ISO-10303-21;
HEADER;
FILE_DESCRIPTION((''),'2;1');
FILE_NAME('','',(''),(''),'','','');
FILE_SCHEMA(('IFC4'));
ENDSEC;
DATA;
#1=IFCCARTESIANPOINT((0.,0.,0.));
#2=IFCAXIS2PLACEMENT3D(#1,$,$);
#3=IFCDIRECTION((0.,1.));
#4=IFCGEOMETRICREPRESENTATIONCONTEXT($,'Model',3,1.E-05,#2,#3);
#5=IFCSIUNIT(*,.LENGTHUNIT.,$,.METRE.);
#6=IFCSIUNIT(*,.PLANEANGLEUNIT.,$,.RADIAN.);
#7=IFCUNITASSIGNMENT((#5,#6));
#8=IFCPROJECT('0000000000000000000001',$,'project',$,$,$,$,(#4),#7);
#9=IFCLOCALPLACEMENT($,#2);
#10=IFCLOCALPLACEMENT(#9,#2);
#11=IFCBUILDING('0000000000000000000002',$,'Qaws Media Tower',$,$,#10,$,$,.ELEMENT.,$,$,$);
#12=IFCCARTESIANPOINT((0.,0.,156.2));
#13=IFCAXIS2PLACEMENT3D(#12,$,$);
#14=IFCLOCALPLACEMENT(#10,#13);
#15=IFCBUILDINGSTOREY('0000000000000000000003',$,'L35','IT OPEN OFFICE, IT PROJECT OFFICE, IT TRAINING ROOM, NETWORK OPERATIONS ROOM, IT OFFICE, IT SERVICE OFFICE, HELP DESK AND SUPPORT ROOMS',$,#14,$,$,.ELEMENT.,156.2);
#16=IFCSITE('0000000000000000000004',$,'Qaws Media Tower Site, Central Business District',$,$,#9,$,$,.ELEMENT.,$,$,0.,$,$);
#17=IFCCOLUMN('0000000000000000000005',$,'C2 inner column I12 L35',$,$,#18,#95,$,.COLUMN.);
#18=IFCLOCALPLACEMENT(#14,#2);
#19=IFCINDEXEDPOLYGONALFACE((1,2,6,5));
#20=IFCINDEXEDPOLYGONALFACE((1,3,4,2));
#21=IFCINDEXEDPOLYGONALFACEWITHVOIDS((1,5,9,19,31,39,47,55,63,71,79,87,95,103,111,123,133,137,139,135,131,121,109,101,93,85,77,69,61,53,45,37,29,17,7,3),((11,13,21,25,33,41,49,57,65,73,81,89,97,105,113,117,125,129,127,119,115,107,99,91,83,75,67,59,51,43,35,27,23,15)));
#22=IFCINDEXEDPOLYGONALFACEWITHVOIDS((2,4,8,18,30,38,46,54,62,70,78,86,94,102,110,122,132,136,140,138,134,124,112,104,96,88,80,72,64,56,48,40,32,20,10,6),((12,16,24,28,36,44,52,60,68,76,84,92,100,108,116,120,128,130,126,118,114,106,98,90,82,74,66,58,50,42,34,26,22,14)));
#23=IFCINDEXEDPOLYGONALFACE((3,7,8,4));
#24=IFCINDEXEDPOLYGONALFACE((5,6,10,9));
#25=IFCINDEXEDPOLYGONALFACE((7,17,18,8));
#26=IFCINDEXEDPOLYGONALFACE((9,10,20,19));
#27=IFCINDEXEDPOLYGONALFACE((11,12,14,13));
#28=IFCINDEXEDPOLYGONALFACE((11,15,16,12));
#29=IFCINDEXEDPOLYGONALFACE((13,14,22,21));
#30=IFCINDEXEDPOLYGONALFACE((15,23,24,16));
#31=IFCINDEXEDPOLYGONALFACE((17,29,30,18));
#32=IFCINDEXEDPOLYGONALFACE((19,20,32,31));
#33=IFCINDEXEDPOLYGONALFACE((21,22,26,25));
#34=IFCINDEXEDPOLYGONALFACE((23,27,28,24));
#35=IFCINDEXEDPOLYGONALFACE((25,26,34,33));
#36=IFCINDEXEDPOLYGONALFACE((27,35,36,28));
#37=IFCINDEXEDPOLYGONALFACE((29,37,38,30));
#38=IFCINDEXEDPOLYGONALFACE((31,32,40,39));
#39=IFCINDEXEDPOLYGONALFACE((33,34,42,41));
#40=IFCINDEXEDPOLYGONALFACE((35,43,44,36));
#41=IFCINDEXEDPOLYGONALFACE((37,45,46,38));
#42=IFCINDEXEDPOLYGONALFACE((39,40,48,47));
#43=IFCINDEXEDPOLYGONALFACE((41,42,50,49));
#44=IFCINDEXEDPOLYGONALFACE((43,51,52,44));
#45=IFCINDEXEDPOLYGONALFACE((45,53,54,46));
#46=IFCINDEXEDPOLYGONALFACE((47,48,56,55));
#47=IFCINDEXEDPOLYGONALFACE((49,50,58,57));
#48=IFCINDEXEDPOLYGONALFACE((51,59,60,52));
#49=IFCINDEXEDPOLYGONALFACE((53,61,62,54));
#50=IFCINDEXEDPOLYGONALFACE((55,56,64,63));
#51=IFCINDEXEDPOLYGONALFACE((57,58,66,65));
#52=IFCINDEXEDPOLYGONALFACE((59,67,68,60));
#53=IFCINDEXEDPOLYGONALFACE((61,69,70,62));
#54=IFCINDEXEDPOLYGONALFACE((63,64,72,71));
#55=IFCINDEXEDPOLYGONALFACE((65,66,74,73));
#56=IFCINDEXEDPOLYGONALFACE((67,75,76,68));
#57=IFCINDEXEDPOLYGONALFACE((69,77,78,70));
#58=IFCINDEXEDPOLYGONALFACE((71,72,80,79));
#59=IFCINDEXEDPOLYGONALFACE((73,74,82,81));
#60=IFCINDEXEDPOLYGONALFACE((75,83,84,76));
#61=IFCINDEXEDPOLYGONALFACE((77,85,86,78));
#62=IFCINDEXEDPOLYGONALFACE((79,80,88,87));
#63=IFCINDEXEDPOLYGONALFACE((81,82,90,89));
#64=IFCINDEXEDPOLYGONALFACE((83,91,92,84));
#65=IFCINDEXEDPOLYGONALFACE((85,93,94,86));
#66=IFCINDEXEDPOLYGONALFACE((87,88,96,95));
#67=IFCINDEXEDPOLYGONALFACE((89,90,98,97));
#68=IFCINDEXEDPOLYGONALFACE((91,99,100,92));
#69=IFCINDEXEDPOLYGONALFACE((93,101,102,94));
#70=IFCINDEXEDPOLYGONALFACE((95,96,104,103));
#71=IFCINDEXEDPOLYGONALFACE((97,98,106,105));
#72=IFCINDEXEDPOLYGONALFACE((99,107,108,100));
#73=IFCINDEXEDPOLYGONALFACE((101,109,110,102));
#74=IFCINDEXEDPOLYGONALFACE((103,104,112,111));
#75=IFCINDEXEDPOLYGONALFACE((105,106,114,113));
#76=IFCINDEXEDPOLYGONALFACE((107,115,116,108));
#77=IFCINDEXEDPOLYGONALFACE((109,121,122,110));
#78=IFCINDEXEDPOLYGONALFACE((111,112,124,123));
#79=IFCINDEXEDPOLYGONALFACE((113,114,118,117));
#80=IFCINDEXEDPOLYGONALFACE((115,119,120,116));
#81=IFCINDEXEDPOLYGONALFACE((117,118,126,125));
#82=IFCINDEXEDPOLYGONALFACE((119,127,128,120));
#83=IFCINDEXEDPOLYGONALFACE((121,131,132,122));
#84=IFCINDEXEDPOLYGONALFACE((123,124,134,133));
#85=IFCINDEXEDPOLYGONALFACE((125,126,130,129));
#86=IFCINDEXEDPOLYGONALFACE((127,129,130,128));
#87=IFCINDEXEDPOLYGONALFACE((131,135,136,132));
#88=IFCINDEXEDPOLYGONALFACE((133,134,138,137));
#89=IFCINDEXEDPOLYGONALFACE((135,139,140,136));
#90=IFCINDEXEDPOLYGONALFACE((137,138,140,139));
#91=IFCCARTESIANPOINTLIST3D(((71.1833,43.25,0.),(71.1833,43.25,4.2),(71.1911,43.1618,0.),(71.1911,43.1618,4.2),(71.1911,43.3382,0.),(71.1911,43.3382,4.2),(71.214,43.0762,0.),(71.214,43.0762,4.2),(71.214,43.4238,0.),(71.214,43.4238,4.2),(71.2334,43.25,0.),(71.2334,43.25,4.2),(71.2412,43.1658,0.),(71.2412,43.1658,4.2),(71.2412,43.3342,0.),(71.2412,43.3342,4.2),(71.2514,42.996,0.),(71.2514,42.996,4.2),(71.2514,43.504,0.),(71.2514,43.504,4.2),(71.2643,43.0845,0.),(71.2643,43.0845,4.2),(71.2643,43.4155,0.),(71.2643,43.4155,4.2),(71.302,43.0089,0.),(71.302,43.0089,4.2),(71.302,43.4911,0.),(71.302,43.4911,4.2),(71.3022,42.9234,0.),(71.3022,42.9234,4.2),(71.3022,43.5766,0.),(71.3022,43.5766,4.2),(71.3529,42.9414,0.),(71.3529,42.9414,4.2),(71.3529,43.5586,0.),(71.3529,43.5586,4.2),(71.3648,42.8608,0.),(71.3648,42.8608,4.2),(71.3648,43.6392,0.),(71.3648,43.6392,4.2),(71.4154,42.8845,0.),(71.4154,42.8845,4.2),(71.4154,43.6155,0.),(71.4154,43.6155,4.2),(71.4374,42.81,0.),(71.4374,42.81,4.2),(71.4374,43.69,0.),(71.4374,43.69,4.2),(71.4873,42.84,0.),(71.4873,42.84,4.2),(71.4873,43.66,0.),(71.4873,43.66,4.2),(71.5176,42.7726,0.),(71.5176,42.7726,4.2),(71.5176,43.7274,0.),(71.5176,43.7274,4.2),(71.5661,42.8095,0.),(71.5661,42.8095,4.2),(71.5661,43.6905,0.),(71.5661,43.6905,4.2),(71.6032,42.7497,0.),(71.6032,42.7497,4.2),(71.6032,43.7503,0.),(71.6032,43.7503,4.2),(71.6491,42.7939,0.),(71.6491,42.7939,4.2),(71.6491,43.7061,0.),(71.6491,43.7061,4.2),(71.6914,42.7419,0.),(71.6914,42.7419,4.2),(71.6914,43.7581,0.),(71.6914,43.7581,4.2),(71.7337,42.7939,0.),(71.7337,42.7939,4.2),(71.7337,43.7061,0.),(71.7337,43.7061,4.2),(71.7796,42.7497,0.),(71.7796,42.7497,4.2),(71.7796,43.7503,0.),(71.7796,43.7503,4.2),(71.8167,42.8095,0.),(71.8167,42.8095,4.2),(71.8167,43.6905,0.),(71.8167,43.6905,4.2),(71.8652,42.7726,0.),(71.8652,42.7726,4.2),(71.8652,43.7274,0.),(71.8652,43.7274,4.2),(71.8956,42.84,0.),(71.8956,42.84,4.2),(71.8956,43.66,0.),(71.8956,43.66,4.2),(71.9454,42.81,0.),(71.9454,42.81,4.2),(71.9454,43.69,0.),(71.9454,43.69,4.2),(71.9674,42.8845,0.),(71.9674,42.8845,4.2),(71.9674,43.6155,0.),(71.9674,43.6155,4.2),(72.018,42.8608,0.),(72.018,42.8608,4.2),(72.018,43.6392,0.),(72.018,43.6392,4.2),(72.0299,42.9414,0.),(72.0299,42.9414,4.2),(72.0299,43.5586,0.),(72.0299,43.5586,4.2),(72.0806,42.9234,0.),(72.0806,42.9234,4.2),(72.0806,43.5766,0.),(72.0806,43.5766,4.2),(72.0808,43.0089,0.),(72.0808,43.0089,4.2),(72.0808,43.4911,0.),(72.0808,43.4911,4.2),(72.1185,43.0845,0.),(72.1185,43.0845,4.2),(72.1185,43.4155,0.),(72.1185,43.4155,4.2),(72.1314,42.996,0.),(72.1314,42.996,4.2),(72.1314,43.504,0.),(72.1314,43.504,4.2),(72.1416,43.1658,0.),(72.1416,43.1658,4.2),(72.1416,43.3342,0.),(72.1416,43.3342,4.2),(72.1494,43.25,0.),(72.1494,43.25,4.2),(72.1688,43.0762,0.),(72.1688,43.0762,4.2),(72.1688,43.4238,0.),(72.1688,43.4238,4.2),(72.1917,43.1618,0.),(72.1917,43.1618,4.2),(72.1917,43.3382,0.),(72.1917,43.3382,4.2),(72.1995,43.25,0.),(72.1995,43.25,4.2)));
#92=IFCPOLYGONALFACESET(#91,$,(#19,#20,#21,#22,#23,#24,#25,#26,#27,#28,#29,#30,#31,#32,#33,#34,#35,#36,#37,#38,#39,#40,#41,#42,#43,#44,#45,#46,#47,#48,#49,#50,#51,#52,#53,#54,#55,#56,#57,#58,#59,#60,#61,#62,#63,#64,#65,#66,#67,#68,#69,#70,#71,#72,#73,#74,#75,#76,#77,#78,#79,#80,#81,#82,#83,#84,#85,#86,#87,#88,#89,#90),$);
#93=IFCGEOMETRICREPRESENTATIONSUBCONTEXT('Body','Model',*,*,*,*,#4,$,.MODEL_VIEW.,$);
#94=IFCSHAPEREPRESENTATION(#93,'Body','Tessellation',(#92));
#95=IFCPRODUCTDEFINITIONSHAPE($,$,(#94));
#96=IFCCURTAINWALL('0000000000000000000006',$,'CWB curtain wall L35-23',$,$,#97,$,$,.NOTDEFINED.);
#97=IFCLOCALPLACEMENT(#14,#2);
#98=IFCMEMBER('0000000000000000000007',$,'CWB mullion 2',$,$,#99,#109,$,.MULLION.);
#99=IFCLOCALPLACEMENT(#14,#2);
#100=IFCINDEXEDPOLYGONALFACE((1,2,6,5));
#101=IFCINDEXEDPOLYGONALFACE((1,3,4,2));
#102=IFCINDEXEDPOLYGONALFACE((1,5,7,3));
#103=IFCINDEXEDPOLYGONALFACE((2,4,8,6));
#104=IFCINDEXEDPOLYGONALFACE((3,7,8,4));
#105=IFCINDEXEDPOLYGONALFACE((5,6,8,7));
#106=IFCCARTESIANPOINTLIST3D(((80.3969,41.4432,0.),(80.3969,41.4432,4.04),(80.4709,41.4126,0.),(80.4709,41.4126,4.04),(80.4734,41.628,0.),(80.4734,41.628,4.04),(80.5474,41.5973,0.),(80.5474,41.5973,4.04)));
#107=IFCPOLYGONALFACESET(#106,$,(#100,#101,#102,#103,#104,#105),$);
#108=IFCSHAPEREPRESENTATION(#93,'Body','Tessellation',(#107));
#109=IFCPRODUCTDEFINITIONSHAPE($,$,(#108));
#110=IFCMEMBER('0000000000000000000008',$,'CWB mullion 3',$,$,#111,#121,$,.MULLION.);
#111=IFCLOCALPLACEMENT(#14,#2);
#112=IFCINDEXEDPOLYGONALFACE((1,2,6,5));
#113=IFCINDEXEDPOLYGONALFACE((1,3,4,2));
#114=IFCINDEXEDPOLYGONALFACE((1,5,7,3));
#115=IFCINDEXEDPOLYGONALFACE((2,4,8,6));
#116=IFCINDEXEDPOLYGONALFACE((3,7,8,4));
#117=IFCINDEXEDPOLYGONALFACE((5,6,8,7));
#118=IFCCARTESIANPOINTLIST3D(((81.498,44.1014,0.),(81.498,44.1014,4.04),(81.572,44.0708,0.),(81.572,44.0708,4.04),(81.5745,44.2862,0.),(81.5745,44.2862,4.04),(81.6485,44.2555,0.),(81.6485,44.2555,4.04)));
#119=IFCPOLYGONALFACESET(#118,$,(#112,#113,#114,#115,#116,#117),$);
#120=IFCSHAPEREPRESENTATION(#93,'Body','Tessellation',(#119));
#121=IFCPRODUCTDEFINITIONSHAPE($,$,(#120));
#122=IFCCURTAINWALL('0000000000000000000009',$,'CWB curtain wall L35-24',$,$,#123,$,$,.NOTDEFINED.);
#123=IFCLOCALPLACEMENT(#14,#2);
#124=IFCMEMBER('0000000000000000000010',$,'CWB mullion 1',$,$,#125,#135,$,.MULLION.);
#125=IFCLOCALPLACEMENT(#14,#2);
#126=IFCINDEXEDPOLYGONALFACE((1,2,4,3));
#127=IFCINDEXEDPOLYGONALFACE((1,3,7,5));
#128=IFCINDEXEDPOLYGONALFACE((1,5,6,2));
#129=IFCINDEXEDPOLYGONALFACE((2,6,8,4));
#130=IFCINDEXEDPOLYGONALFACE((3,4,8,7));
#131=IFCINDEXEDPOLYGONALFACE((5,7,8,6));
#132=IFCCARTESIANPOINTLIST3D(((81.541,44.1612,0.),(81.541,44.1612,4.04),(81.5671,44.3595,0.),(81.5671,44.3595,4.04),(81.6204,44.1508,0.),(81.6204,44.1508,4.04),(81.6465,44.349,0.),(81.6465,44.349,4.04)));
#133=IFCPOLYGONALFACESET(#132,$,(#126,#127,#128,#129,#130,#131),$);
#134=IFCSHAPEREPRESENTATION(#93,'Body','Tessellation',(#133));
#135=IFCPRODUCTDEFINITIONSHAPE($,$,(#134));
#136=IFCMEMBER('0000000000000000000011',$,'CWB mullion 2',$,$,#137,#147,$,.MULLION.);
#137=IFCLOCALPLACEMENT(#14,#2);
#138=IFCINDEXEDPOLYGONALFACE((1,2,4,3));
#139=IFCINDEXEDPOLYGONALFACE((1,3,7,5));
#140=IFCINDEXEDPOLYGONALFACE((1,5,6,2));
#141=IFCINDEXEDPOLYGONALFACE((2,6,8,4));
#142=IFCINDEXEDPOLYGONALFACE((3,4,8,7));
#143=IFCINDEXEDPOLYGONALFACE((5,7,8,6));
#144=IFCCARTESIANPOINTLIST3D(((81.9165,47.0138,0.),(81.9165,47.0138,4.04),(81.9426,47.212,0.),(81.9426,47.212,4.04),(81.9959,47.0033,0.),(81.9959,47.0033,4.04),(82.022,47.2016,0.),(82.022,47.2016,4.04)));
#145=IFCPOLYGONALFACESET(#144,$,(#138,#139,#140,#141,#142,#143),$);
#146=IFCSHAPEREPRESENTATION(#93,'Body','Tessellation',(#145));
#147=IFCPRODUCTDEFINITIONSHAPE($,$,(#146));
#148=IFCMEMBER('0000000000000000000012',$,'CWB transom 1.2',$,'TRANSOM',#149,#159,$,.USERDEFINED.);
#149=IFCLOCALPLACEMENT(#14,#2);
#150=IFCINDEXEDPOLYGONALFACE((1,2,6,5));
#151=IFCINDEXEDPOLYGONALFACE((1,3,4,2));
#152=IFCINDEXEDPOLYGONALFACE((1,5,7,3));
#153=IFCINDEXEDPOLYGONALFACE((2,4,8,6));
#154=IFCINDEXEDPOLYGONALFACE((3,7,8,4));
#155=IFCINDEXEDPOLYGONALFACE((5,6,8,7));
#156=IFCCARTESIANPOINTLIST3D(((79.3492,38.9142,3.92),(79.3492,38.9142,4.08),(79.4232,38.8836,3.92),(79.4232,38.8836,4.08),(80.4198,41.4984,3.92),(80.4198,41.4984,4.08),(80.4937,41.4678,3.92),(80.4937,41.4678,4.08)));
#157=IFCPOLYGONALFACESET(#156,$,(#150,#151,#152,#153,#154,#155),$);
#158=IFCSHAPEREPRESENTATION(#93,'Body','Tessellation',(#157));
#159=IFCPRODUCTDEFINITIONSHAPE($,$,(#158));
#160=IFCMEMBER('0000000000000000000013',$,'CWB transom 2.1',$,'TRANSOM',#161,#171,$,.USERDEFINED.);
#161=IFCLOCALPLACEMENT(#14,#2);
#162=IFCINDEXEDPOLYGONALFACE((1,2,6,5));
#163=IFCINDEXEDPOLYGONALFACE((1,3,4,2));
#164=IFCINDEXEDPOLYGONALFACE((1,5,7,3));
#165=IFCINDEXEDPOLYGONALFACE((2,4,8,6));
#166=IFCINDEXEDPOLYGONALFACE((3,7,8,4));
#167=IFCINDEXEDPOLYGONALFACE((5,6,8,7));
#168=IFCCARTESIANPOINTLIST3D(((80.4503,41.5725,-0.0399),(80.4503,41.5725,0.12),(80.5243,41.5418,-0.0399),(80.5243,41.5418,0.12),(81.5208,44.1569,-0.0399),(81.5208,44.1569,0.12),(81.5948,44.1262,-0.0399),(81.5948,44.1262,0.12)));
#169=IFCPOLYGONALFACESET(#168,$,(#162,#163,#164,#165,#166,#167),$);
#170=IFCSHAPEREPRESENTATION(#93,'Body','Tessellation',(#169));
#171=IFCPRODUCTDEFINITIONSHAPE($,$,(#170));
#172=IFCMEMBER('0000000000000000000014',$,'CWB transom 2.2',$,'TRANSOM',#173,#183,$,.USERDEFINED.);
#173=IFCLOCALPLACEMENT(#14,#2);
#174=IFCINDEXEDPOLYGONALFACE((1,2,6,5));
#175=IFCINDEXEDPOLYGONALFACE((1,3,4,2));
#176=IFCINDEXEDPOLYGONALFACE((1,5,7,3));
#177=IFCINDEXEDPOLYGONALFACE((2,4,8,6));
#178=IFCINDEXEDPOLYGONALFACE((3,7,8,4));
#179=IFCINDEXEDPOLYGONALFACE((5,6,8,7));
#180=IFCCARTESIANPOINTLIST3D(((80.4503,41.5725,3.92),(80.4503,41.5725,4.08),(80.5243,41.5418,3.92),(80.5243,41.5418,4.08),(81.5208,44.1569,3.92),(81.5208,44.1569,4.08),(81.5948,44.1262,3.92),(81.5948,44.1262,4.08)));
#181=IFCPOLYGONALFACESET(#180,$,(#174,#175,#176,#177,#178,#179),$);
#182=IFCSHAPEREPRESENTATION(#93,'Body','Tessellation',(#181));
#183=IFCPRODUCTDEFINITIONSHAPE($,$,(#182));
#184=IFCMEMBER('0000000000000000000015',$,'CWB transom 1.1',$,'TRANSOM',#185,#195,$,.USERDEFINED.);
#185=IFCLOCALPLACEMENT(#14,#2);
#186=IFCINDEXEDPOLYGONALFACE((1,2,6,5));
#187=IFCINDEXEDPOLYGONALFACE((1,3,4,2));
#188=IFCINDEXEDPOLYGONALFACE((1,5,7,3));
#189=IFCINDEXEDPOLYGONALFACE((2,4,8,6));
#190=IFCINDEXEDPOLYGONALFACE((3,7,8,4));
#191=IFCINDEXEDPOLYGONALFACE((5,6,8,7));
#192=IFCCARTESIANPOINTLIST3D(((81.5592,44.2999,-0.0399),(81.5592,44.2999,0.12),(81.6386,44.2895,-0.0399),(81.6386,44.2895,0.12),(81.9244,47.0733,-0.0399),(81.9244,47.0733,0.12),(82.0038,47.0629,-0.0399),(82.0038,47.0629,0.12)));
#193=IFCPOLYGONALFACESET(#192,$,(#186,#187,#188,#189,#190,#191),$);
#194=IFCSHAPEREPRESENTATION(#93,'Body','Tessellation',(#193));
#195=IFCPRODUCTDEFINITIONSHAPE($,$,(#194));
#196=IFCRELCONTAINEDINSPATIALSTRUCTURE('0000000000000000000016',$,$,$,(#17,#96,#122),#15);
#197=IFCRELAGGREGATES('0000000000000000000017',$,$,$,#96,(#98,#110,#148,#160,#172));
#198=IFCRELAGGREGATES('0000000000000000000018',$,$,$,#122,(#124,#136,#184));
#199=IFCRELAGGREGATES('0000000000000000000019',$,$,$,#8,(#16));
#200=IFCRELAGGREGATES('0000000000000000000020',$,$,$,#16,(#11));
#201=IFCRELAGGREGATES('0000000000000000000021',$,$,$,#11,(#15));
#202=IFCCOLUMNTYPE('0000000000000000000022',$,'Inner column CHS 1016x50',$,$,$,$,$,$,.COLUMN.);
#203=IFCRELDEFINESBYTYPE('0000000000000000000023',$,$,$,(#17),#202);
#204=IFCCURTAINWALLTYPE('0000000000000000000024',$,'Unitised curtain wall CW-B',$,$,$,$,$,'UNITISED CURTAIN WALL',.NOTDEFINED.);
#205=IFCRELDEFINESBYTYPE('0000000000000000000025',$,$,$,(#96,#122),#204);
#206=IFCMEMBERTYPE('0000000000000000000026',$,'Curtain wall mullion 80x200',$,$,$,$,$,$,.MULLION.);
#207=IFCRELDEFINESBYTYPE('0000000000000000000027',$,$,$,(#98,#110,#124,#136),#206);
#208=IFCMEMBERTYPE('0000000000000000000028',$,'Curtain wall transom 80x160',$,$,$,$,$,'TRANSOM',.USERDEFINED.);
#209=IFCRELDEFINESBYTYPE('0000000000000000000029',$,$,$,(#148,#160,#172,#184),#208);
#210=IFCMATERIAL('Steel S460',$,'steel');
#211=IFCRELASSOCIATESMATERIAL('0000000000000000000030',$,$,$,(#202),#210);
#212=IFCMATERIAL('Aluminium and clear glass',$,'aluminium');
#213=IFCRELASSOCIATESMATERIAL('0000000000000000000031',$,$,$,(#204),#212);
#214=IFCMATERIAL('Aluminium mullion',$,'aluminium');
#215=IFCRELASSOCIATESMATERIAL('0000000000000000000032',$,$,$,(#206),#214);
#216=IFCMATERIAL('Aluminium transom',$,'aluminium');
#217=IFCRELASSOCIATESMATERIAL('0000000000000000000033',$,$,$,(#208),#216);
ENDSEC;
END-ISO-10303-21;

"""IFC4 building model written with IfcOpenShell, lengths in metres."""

from ifc_helpers import new_model, si_unit, direction, frame, origin, origin_2d, place, context, subcontext, project, spatial, rectangle, hollow_circle, extrude, material, material_profile, profile_set, type_object, element, aggregate, save


model = new_model("IFC4")

# Units and contexts
model_context = context("Model", 3, precision=1e-05, world=origin(), true_north=direction((0.0, 1.0)))
body_context = subcontext(model_context, "Body", "Model", "MODEL_VIEW")
ifc_project = project(units=[si_unit("LENGTHUNIT", "METRE"), si_unit("PLANEANGLEUNIT", "RADIAN")], contexts=[model_context])

# Site, building, storey
site_placement = place(None, origin())
site = spatial("IfcSite", under=ifc_project, at=site_placement, Name="Qaws Media Tower Site, Central Business District", CompositionType="ELEMENT", RefElevation=0.0)
building_placement = place(site_placement, origin())
building = spatial("IfcBuilding", under=site, at=building_placement, Name="Qaws Media Tower", CompositionType="ELEMENT")
storey_placement = place(building_placement, frame((0.0, 0.0, 156.2)))
storey = spatial("IfcBuildingStorey", under=building, at=storey_placement, Name="L35", Description="IT OPEN OFFICE, IT PROJECT OFFICE, IT TRAINING ROOM, NETWORK OPERATIONS ROOM, IT OFFICE, IT SERVICE OFFICE, HELP DESK AND SUPPORT ROOMS", CompositionType="ELEMENT", Elevation=156.2)

# Column
ifc_material_1 = material(Name="Steel S460", Category="steel")
ifc_material_profile_1 = material_profile(ifc_material_1, hollow_circle(Radius=0.5081, WallThickness=0.05, at=origin_2d()), Name="CHS 1016x50")
ifc_profile_set_1 = profile_set([ifc_material_profile_1], Name="Steel S460")
column_type = type_object("IfcColumnType", Name="Inner column CHS 1016x50", PredefinedType="COLUMN", material=ifc_profile_set_1)
column_placement = place(storey_placement, frame((71.6914, 43.25, 0.0), z_axis=(0.0, 0.0, 1.0), x_axis=(1.0, 0.0, 0.0)))
element("IfcColumn", 1, at=column_placement, inside=storey, type_object=column_type, Name="C2 inner column I12 L35", PredefinedType="COLUMN", context=body_context, shape_type="SweptSolid", body=[
    extrude(hollow_circle(Radius=0.5081, WallThickness=0.05, at=origin_2d()), origin(), (0.0, 0.0, 1.0), 4.2),
])

# Curtain walls, members
ifc_material_2 = material(Name="Aluminium and clear glass", Category="aluminium")
curtain_wall_type = type_object("IfcCurtainWallType", Name="Unitised curtain wall CW-B", ElementType="UNITISED CURTAIN WALL", PredefinedType="NOTDEFINED", material=ifc_material_2)
curtain_wall_1_placement = place(storey_placement, origin())
curtain_wall_1 = element("IfcCurtainWall", 2, at=curtain_wall_1_placement, inside=storey, type_object=curtain_wall_type, Name="CWB curtain wall L35-23", PredefinedType="NOTDEFINED")
ifc_material_3 = material(Name="Aluminium mullion", Category="aluminium")
ifc_material_profile_2 = material_profile(ifc_material_3, rectangle(XDim=0.0801, YDim=0.2, at=origin_2d()), Name="80x200")
ifc_profile_set_2 = profile_set([ifc_material_profile_2], Name="Aluminium mullion")
member_type_1 = type_object("IfcMemberType", Name="Curtain wall mullion 80x200", PredefinedType="MULLION", material=ifc_profile_set_2)
member_1_placement = place(storey_placement, frame((80.4722, 41.5203, 0.0), z_axis=(0.0, 0.0, 1.0), x_axis=(-0.92388, 0.382683, 0.0)))
member_1 = element("IfcMember", 3, at=member_1_placement, type_object=member_type_1, Name="CWB mullion 2", PredefinedType="MULLION", context=body_context, shape_type="SweptSolid", body=[
    extrude(rectangle(XDim=0.0801, YDim=0.2, at=origin_2d()), origin(), (0.0, 0.0, 1.0), 4.04),
])
member_2_placement = place(storey_placement, frame((81.5732, 44.1785, 0.0), z_axis=(0.0, 0.0, 1.0), x_axis=(-0.92388, 0.382683, 0.0)))
member_2 = element("IfcMember", 4, at=member_2_placement, type_object=member_type_1, Name="CWB mullion 3", PredefinedType="MULLION", context=body_context, shape_type="SweptSolid", body=[
    extrude(rectangle(XDim=0.0801, YDim=0.2, at=origin_2d()), origin(), (0.0, 0.0, 1.0), 4.04),
])
curtain_wall_2_placement = place(storey_placement, origin())
curtain_wall_2 = element("IfcCurtainWall", 5, at=curtain_wall_2_placement, inside=storey, type_object=curtain_wall_type, Name="CWB curtain wall L35-24", PredefinedType="NOTDEFINED")
member_3_placement = place(storey_placement, frame((81.5938, 44.2551, 0.0), z_axis=(0.0, 0.0, 1.0), x_axis=(-0.991445, 0.130526, 0.0)))
member_3 = element("IfcMember", 6, at=member_3_placement, type_object=member_type_1, Name="CWB mullion 1", PredefinedType="MULLION", context=body_context, shape_type="SweptSolid", body=[
    extrude(rectangle(XDim=0.0801, YDim=0.2, at=origin_2d()), origin(), (0.0, 0.0, 1.0), 4.04),
])
member_4_placement = place(storey_placement, frame((81.9692, 47.1077, 0.0), z_axis=(0.0, 0.0, 1.0), x_axis=(-0.991445, 0.130526, 0.0)))
member_4 = element("IfcMember", 7, at=member_4_placement, type_object=member_type_1, Name="CWB mullion 2", PredefinedType="MULLION", context=body_context, shape_type="SweptSolid", body=[
    extrude(rectangle(XDim=0.0801, YDim=0.2, at=origin_2d()), origin(), (0.0, 0.0, 1.0), 4.04),
])

# Members
ifc_material_4 = material(Name="Aluminium transom", Category="aluminium")
ifc_material_profile_3 = material_profile(ifc_material_4, rectangle(XDim=0.0801, YDim=0.1599, at=origin_2d()), Name="80x160")
ifc_profile_set_3 = profile_set([ifc_material_profile_3], Name="Aluminium transom")
member_type_2 = type_object("IfcMemberType", Name="Curtain wall transom 80x160", ElementType="TRANSOM", PredefinedType="USERDEFINED", material=ifc_profile_set_3)
member_5_placement = place(storey_placement, frame((79.3862, 38.8989, 4.0), z_axis=(0.382724, 0.923863, 0.0), x_axis=(-0.923863, 0.382724, 0.0)))
member_5 = element("IfcMember", 8, at=member_5_placement, type_object=member_type_2, Name="CWB transom 1.2", ObjectType="TRANSOM", PredefinedType="USERDEFINED", context=body_context, shape_type="SweptSolid", body=[
    extrude(rectangle(XDim=0.0801, YDim=0.1599, at=origin_2d()), origin(), (0.0, 0.0, 1.0), 2.7971),
])
member_6_placement = place(storey_placement, frame((80.4873, 41.5571, 0.04), z_axis=(0.382694, 0.923875, 0.0), x_axis=(-0.923875, 0.382694, 0.0)))
member_6 = element("IfcMember", 9, at=member_6_placement, type_object=member_type_2, Name="CWB transom 2.1", ObjectType="TRANSOM", PredefinedType="USERDEFINED", context=body_context, shape_type="SweptSolid", body=[
    extrude(rectangle(XDim=0.0801, YDim=0.1599, at=origin_2d()), origin(), (0.0, 0.0, 1.0), 2.7974),
])
member_7_placement = place(storey_placement, frame((80.4873, 41.5571, 4.0), z_axis=(0.382694, 0.923875, 0.0), x_axis=(-0.923875, 0.382694, 0.0)))
member_7 = element("IfcMember", 10, at=member_7_placement, type_object=member_type_2, Name="CWB transom 2.2", ObjectType="TRANSOM", PredefinedType="USERDEFINED", context=body_context, shape_type="SweptSolid", body=[
    extrude(rectangle(XDim=0.0801, YDim=0.1599, at=origin_2d()), origin(), (0.0, 0.0, 1.0), 2.7974),
])
member_8_placement = place(storey_placement, frame((81.5989, 44.2947, 0.04), z_axis=(0.130563, 0.99144, 0.0), x_axis=(-0.99144, 0.130563, 0.0)))
member_8 = element("IfcMember", 11, at=member_8_placement, type_object=member_type_2, Name="CWB transom 1.1", ObjectType="TRANSOM", PredefinedType="USERDEFINED", context=body_context, shape_type="SweptSolid", body=[
    extrude(rectangle(XDim=0.0801, YDim=0.1599, at=origin_2d()), origin(), (0.0, 0.0, 1.0), 2.7974),
])

aggregate(curtain_wall_1, [member_1, member_2, member_5, member_6, member_7])
aggregate(curtain_wall_2, [member_3, member_4, member_8])

save(model, "model.ifc")
